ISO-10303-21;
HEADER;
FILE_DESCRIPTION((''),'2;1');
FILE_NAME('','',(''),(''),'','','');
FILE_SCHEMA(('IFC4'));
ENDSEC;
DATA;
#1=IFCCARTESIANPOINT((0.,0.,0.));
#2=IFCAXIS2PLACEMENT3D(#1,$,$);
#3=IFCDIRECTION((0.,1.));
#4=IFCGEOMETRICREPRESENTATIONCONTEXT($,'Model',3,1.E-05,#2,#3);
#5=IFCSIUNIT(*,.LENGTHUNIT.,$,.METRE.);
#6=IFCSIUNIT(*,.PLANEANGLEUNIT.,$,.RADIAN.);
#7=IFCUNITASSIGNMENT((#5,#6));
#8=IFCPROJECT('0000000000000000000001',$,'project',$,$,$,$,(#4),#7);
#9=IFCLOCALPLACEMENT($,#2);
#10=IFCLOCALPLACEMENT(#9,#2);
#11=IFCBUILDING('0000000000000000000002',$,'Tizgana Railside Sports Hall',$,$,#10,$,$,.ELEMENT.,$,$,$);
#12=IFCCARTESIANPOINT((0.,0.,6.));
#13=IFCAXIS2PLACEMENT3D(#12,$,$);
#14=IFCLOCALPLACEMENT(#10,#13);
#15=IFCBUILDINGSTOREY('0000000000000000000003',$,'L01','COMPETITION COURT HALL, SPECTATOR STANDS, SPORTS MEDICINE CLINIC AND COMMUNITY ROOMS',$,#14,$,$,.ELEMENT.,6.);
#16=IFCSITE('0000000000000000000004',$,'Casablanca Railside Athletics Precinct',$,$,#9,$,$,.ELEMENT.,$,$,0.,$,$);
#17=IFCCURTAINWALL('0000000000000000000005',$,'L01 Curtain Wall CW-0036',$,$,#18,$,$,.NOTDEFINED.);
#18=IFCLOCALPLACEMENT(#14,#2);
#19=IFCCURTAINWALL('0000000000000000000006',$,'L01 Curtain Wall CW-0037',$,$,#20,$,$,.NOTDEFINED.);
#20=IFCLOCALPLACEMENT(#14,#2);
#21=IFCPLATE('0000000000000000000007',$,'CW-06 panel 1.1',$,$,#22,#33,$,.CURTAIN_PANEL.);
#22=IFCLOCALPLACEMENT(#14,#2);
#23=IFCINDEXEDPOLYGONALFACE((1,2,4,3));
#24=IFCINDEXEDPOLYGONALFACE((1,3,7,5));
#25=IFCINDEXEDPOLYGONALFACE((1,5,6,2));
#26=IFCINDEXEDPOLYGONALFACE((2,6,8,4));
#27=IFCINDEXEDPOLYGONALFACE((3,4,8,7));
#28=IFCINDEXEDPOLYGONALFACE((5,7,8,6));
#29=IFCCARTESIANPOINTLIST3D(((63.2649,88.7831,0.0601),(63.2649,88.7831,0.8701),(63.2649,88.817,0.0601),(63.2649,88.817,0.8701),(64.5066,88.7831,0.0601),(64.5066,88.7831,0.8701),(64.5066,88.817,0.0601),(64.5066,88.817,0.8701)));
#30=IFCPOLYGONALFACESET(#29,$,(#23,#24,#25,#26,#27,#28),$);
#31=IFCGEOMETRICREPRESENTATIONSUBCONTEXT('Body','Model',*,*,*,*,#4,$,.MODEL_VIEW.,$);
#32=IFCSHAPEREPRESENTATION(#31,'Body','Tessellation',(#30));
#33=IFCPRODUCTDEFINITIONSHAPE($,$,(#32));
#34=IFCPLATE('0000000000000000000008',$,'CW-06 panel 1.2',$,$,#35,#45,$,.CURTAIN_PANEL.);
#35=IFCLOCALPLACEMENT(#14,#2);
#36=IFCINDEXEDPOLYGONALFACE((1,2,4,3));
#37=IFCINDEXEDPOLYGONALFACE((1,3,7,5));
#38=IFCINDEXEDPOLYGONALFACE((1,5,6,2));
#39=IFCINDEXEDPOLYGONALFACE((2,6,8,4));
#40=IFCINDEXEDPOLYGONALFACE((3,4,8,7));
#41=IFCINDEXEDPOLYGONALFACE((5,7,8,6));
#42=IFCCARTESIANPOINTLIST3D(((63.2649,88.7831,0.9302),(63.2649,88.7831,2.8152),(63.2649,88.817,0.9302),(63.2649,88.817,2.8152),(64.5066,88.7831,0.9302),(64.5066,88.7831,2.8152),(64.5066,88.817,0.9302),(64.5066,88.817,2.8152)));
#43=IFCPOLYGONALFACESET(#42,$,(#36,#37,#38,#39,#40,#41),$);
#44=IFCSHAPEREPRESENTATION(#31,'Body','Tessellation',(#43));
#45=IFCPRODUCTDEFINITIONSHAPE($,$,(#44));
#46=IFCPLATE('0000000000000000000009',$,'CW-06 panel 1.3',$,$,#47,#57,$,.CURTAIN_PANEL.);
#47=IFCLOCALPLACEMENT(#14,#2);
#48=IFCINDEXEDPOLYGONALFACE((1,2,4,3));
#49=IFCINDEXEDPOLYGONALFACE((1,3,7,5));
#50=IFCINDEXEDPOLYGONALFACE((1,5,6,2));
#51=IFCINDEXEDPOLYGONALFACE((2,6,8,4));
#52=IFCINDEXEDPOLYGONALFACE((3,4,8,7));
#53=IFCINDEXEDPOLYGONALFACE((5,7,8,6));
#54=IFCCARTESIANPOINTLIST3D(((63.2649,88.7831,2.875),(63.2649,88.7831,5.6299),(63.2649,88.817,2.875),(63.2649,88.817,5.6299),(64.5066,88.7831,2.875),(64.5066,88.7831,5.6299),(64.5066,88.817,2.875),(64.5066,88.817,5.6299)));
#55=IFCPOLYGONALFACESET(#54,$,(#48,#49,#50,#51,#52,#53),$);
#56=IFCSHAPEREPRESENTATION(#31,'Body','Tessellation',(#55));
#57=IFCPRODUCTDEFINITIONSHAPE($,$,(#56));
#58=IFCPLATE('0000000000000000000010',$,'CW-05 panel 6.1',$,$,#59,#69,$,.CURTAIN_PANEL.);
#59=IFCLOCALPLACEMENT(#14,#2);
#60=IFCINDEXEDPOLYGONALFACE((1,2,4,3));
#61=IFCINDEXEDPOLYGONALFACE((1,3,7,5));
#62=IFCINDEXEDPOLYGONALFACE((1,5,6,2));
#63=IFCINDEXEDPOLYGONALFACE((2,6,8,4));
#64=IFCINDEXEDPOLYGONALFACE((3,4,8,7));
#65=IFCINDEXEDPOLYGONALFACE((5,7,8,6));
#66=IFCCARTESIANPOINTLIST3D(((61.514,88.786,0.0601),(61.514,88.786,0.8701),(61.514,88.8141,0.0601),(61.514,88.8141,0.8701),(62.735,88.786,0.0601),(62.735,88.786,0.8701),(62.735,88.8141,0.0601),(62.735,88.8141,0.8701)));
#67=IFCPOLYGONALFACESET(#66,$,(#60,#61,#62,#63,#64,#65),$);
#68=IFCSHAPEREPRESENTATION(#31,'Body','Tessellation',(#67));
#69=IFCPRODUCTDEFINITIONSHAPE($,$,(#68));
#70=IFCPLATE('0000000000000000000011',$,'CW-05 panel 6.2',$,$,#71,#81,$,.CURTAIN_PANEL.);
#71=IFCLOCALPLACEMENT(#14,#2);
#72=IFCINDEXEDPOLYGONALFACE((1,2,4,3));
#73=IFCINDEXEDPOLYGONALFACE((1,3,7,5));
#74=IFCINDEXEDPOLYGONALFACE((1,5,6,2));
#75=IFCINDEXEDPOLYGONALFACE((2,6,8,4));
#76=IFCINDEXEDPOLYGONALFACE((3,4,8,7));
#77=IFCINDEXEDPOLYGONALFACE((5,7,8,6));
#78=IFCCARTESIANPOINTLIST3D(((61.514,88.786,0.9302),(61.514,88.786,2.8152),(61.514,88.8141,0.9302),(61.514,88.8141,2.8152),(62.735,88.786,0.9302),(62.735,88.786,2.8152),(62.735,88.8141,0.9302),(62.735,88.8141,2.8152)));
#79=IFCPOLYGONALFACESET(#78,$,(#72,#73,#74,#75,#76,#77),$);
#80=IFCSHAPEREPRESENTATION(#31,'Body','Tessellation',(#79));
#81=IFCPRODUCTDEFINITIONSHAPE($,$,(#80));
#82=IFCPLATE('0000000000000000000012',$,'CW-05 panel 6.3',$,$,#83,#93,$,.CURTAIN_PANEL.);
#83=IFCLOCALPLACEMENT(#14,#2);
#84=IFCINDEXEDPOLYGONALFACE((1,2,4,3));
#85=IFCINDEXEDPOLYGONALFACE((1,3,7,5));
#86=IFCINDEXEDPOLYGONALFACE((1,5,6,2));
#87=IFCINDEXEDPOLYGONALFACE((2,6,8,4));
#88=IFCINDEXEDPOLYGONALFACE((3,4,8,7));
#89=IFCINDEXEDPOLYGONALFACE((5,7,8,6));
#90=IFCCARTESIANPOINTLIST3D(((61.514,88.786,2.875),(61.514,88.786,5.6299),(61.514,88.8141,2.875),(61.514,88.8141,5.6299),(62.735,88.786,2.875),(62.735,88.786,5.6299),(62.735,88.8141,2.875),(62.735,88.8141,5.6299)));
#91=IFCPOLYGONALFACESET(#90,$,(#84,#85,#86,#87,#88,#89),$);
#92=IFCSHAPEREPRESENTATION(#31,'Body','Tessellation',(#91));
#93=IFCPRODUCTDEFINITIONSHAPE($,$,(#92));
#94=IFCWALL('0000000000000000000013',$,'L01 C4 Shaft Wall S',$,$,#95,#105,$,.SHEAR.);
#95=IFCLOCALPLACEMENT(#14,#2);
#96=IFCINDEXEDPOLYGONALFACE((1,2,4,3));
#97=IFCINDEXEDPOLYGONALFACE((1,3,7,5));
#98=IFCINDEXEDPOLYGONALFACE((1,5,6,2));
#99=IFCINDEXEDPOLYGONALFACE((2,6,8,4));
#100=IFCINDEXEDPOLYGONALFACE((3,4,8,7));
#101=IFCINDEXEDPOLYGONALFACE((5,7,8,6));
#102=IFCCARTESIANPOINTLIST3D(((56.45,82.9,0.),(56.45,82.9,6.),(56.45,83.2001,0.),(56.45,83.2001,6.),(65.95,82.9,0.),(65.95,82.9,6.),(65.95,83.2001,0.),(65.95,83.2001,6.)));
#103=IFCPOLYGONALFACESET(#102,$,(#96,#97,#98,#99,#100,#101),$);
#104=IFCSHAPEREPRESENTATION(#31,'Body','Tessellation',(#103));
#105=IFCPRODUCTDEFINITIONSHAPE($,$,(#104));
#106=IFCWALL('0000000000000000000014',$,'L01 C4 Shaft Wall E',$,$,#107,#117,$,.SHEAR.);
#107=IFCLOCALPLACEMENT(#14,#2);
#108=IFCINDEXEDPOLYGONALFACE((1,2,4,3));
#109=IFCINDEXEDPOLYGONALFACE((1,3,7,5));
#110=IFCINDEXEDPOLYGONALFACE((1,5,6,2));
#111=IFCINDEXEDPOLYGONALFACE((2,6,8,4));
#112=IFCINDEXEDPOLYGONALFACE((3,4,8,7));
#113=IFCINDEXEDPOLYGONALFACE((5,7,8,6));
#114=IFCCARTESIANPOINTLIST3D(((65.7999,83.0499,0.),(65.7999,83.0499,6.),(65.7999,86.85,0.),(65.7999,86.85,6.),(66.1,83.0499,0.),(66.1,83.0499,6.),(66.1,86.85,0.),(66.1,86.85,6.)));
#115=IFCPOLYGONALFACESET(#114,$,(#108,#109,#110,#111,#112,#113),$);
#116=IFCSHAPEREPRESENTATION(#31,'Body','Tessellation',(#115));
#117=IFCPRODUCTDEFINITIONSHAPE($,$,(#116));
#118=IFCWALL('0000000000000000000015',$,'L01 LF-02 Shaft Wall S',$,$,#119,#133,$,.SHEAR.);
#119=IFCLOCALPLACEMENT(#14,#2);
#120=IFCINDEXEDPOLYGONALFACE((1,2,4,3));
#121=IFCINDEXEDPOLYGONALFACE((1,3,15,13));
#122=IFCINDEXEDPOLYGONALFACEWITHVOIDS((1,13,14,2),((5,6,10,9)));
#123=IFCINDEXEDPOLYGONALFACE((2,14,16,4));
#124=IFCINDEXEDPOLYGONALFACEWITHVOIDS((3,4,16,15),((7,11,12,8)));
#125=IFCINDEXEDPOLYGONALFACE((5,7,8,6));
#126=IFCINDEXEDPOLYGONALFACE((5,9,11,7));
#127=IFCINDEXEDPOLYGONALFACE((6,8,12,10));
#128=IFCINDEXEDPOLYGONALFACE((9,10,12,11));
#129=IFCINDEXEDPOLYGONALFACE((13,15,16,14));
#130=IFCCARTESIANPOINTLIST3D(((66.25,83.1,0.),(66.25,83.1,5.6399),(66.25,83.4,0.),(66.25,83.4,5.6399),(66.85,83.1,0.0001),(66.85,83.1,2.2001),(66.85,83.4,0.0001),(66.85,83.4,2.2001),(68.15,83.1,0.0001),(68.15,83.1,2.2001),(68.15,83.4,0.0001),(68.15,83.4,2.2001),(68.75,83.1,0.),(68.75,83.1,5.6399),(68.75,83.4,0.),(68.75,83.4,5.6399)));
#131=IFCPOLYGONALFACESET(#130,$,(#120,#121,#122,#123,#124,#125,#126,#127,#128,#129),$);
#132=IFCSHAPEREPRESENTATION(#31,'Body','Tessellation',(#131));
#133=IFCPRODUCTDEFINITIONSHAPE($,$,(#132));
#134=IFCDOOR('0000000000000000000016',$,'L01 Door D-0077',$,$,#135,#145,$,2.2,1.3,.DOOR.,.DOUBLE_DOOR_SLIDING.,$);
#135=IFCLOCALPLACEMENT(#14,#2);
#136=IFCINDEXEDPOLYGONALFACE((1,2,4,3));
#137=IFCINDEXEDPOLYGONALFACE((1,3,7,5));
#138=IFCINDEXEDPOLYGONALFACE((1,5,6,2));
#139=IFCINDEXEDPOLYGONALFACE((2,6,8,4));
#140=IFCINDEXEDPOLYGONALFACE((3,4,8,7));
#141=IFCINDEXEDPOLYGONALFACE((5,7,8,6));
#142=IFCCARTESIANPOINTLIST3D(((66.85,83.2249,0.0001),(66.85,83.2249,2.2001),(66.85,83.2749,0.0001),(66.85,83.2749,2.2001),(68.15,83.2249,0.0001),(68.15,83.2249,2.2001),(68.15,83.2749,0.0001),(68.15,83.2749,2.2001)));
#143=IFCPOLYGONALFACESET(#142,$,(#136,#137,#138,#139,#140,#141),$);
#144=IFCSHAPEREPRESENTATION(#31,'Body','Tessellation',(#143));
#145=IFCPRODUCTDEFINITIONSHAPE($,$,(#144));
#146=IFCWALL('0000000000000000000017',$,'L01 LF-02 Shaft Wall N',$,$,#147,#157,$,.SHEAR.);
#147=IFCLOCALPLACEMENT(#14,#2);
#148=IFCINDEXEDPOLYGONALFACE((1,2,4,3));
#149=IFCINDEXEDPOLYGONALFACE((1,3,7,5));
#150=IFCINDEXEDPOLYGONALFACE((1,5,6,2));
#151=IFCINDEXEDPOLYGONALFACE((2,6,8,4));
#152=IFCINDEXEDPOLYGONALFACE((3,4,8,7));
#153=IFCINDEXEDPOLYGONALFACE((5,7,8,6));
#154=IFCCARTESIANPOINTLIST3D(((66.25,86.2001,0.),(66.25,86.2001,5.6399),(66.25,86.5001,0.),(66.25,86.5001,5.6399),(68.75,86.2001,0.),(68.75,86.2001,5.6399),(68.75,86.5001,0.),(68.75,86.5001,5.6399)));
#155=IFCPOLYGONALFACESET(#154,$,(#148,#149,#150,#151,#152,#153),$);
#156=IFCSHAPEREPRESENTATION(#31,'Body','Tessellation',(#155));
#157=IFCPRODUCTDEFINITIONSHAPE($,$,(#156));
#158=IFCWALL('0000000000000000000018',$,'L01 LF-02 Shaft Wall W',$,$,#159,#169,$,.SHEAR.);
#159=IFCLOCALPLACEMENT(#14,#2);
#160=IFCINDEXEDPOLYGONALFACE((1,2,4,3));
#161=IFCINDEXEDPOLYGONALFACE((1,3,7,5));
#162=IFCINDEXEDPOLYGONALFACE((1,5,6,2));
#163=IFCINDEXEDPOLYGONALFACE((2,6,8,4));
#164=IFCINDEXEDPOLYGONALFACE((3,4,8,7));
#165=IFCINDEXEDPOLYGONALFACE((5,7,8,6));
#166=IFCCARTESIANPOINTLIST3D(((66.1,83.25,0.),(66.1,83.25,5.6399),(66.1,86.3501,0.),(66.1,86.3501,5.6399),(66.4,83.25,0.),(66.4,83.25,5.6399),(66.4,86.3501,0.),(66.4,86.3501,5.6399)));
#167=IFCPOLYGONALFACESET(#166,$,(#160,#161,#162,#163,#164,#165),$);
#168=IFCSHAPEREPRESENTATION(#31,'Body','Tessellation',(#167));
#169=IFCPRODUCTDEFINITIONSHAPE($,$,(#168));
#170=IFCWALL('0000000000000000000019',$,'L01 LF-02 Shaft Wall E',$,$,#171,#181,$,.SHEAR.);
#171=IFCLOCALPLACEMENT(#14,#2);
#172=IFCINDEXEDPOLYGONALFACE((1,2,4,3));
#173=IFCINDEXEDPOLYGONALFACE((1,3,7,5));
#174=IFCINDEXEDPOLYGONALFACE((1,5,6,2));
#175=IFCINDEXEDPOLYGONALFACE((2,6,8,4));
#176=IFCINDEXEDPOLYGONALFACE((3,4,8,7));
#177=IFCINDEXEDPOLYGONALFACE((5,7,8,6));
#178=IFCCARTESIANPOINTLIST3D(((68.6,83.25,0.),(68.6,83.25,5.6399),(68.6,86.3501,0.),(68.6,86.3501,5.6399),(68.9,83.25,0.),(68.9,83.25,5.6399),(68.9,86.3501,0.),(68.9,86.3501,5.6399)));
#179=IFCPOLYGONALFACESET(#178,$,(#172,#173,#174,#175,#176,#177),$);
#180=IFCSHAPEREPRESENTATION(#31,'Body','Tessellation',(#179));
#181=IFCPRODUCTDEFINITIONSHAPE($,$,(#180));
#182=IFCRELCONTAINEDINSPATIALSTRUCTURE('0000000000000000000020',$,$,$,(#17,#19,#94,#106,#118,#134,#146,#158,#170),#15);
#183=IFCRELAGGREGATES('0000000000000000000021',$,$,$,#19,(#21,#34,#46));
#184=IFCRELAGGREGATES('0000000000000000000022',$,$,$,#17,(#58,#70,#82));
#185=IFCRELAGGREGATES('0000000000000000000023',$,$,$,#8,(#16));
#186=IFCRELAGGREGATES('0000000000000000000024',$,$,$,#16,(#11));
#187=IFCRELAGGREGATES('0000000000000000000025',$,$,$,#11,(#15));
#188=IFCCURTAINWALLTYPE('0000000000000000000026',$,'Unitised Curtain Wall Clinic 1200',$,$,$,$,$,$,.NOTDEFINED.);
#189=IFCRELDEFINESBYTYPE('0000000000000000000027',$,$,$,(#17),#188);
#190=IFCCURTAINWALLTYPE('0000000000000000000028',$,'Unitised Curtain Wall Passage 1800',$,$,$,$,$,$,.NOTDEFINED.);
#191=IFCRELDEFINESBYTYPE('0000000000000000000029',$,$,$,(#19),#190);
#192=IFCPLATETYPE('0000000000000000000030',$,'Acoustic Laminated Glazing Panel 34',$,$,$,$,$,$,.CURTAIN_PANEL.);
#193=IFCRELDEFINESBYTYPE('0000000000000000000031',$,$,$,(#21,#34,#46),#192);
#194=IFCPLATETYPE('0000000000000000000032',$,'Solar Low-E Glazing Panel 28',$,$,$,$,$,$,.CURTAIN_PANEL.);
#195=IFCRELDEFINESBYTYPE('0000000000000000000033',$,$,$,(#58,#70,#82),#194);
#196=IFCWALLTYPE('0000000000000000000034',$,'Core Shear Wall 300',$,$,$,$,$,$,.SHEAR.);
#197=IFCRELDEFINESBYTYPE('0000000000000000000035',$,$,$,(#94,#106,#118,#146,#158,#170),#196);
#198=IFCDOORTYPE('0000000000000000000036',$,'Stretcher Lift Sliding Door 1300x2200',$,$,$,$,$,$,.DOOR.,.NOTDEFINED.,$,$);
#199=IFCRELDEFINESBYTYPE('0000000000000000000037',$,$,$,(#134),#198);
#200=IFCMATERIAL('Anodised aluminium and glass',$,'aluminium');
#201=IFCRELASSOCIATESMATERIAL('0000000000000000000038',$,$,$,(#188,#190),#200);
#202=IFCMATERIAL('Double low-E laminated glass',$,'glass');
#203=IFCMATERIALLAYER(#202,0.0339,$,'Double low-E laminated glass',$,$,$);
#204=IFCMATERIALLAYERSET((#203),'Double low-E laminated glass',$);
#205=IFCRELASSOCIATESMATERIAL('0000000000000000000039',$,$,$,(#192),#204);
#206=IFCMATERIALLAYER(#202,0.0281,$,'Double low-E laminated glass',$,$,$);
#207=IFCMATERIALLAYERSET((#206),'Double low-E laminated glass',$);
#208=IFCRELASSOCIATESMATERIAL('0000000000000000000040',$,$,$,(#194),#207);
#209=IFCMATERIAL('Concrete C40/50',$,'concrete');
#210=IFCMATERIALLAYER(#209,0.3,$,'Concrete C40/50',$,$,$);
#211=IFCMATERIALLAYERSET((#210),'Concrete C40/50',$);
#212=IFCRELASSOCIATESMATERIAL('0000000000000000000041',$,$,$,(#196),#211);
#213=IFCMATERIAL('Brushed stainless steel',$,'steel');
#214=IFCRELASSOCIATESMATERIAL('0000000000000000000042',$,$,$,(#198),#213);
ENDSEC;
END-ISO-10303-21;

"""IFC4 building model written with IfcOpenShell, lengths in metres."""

from ifc_helpers import new_model, si_unit, direction, frame, frame_2d, origin, origin_2d, place, context, subcontext, project, spatial, rectangle, extrude, material, layer, layer_set, type_object, element, fill, aggregate, save


model = new_model("IFC4")

# Units and contexts
model_context = context("Model", 3, precision=1e-05, world=origin(), true_north=direction((0.0, 1.0)))
body_context = subcontext(model_context, "Body", "Model", "MODEL_VIEW")
ifc_project = project(units=[si_unit("LENGTHUNIT", "METRE"), si_unit("PLANEANGLEUNIT", "RADIAN")], contexts=[model_context])

# Site, building, storey
site_placement = place(None, origin())
site = spatial("IfcSite", under=ifc_project, at=site_placement, Name="Casablanca Railside Athletics Precinct", CompositionType="ELEMENT", RefElevation=0.0)
building_placement = place(site_placement, origin())
building = spatial("IfcBuilding", under=site, at=building_placement, Name="Tizgana Railside Sports Hall", CompositionType="ELEMENT")
storey_placement = place(building_placement, frame((0.0, 0.0, 6.0)))
storey = spatial("IfcBuildingStorey", under=building, at=storey_placement, Name="L01", Description="COMPETITION COURT HALL, SPECTATOR STANDS, SPORTS MEDICINE CLINIC AND COMMUNITY ROOMS", CompositionType="ELEMENT", Elevation=6.0)

# Curtain wall
ifc_material_1 = material(Name="Anodised aluminium and glass", Category="aluminium")
curtain_wall_type_1 = type_object("IfcCurtainWallType", Name="Unitised Curtain Wall Clinic 1200", PredefinedType="NOTDEFINED", material=ifc_material_1)
curtain_wall_1_placement = place(storey_placement, origin())
curtain_wall_1 = element("IfcCurtainWall", 1, at=curtain_wall_1_placement, inside=storey, type_object=curtain_wall_type_1, Name="L01 Curtain Wall CW-0036", PredefinedType="NOTDEFINED")

# Curtain wall
curtain_wall_type_2 = type_object("IfcCurtainWallType", Name="Unitised Curtain Wall Passage 1800", PredefinedType="NOTDEFINED", material=ifc_material_1)
curtain_wall_2_placement = place(storey_placement, origin())
curtain_wall_2 = element("IfcCurtainWall", 2, at=curtain_wall_2_placement, inside=storey, type_object=curtain_wall_type_2, Name="L01 Curtain Wall CW-0037", PredefinedType="NOTDEFINED")

# Plates
ifc_material_2 = material(Name="Double low-E laminated glass", Category="glass")
ifc_layer_1 = layer(ifc_material_2, 0.0339, Name="Double low-E laminated glass")
ifc_layer_set_1 = layer_set([ifc_layer_1], Name="Double low-E laminated glass")
plate_type_1 = type_object("IfcPlateType", Name="Acoustic Laminated Glazing Panel 34", PredefinedType="CURTAIN_PANEL", material=ifc_layer_set_1)
plate_1_placement = place(storey_placement, frame((63.8857, 88.8, 0.0601), z_axis=(0.0, 0.0, 1.0), x_axis=(1.0, 0.0, 0.0)))
plate_1 = element("IfcPlate", 3, at=plate_1_placement, type_object=plate_type_1, Name="CW-06 panel 1.1", PredefinedType="CURTAIN_PANEL", context=body_context, shape_type="SweptSolid", body=[
    extrude(rectangle(XDim=1.2417, YDim=0.0339, at=origin_2d()), origin(), (0.0, 0.0, 1.0), 0.8101),
])
plate_2_placement = place(storey_placement, frame((63.8857, 88.8, 0.9302), z_axis=(0.0, 0.0, 1.0), x_axis=(1.0, 0.0, 0.0)))
plate_2 = element("IfcPlate", 4, at=plate_2_placement, type_object=plate_type_1, Name="CW-06 panel 1.2", PredefinedType="CURTAIN_PANEL", context=body_context, shape_type="SweptSolid", body=[
    extrude(rectangle(XDim=1.2417, YDim=0.0339, at=origin_2d()), origin(), (0.0, 0.0, 1.0), 1.885),
])
plate_3_placement = place(storey_placement, frame((63.8857, 88.8, 2.875), z_axis=(0.0, 0.0, 1.0), x_axis=(1.0, 0.0, 0.0)))
plate_3 = element("IfcPlate", 5, at=plate_3_placement, type_object=plate_type_1, Name="CW-06 panel 1.3", PredefinedType="CURTAIN_PANEL", context=body_context, shape_type="SweptSolid", body=[
    extrude(rectangle(XDim=1.2417, YDim=0.0339, at=origin_2d()), origin(), (0.0, 0.0, 1.0), 2.7549),
])
aggregate(curtain_wall_2, [plate_1, plate_2, plate_3])
ifc_layer_2 = layer(ifc_material_2, 0.0281, Name="Double low-E laminated glass")
ifc_layer_set_2 = layer_set([ifc_layer_2], Name="Double low-E laminated glass")
plate_type_2 = type_object("IfcPlateType", Name="Solar Low-E Glazing Panel 28", PredefinedType="CURTAIN_PANEL", material=ifc_layer_set_2)
plate_4_placement = place(storey_placement, frame((62.1245, 88.8, 0.0601), z_axis=(0.0, 0.0, 1.0), x_axis=(1.0, 0.0, 0.0)))
plate_4 = element("IfcPlate", 6, at=plate_4_placement, type_object=plate_type_2, Name="CW-05 panel 6.1", PredefinedType="CURTAIN_PANEL", context=body_context, shape_type="SweptSolid", body=[
    extrude(rectangle(XDim=1.2209, YDim=0.0281, at=origin_2d()), origin(), (0.0, 0.0, 1.0), 0.8101),
])
plate_5_placement = place(storey_placement, frame((62.1245, 88.8, 0.9302), z_axis=(0.0, 0.0, 1.0), x_axis=(1.0, 0.0, 0.0)))
plate_5 = element("IfcPlate", 7, at=plate_5_placement, type_object=plate_type_2, Name="CW-05 panel 6.2", PredefinedType="CURTAIN_PANEL", context=body_context, shape_type="SweptSolid", body=[
    extrude(rectangle(XDim=1.2209, YDim=0.0281, at=origin_2d()), origin(), (0.0, 0.0, 1.0), 1.885),
])
plate_6_placement = place(storey_placement, frame((62.1245, 88.8, 2.875), z_axis=(0.0, 0.0, 1.0), x_axis=(1.0, 0.0, 0.0)))
plate_6 = element("IfcPlate", 8, at=plate_6_placement, type_object=plate_type_2, Name="CW-05 panel 6.3", PredefinedType="CURTAIN_PANEL", context=body_context, shape_type="SweptSolid", body=[
    extrude(rectangle(XDim=1.2209, YDim=0.0281, at=origin_2d()), origin(), (0.0, 0.0, 1.0), 2.7549),
])
aggregate(curtain_wall_1, [plate_4, plate_5, plate_6])

# Walls
ifc_material_3 = material(Name="Concrete C40/50", Category="concrete")
ifc_layer_3 = layer(ifc_material_3, 0.3, Name="Concrete C40/50")
ifc_layer_set_3 = layer_set([ifc_layer_3], Name="Concrete C40/50")
wall_type_1 = type_object("IfcWallType", Name="Core Shear Wall 300", PredefinedType="SHEAR", material=ifc_layer_set_3)
wall_1_placement = place(storey_placement, frame((65.95, 83.05, 0.0), z_axis=(0.0, 0.0, 1.0), x_axis=(-1.0, 0.0, 0.0)))
element("IfcWall", 9, at=wall_1_placement, inside=storey, type_object=wall_type_1, Name="L01 C4 Shaft Wall S", PredefinedType="SHEAR", context=body_context, shape_type="SweptSolid", body=[
    extrude(rectangle(XDim=9.5, YDim=0.3, at=frame_2d((4.75, 0.0))), origin(), (0.0, 0.0, 1.0), 6.0),
])
wall_2_placement = place(storey_placement, frame((65.95, 83.05, 0.0), z_axis=(0.0, 0.0, 1.0), x_axis=(0.0, 1.0, 0.0)))
element("IfcWall", 10, at=wall_2_placement, inside=storey, type_object=wall_type_1, Name="L01 C4 Shaft Wall E", PredefinedType="SHEAR", context=body_context, shape_type="SweptSolid", body=[
    extrude(rectangle(XDim=3.8, YDim=0.3, at=frame_2d((1.8999, 0.0))), origin(), (0.0, 0.0, 1.0), 6.0),
])

# Wall, opening, door
wall_3_placement = place(storey_placement, frame((66.25, 83.25, 0.0), z_axis=(0.0, 0.0, 1.0), x_axis=(1.0, 0.0, 0.0)))
wall_3 = element("IfcWall", 11, at=wall_3_placement, inside=storey, type_object=wall_type_1, Name="L01 LF-02 Shaft Wall S", PredefinedType="SHEAR", context=body_context, shape_type="SweptSolid", body=[
    extrude(rectangle(XDim=2.5, YDim=0.3, at=frame_2d((1.25, 0.0))), origin(), (0.0, 0.0, 1.0), 5.6399),
])
opening_1_placement = place(wall_3_placement, frame((0.6001, 0.0, 0.0)))
opening_1 = element("IfcOpeningElement", 12, at=opening_1_placement, cuts=wall_3, PredefinedType="OPENING", context=body_context, shape_type="SweptSolid", body=[
    extrude(rectangle(XDim=1.3, YDim=2.2, at=frame_2d((0.6499, 1.1001))), frame((0.0, 0.1599, 0.0), z_axis=(0.0, -1.0, 0.0), x_axis=(1.0, 0.0, 0.0)), (0.0, 0.0, 1.0), 0.3201),
])
ifc_material_4 = material(Name="Brushed stainless steel", Category="steel")
door_type_1 = type_object("IfcDoorType", Name="Stretcher Lift Sliding Door 1300x2200", OperationType="NOTDEFINED", PredefinedType="DOOR", material=ifc_material_4)
door_1_placement = place(opening_1_placement, origin())
door_1 = element("IfcDoor", 13, at=door_1_placement, inside=storey, type_object=door_type_1, Name="L01 Door D-0077", OperationType="DOUBLE_DOOR_SLIDING", OverallHeight=2.2, OverallWidth=1.3, PredefinedType="DOOR", context=body_context, shape_type="SweptSolid", body=[
    extrude(rectangle(XDim=1.3, YDim=2.2, at=frame_2d((0.6499, 1.1001))), frame((0.0, 0.0249, 0.0), z_axis=(0.0, -1.0, 0.0), x_axis=(1.0, 0.0, 0.0)), (0.0, 0.0, 1.0), 0.05),
])
fill(opening_1, door_1)

# Walls
wall_4_placement = place(storey_placement, frame((66.25, 86.3501, 0.0), z_axis=(0.0, 0.0, 1.0), x_axis=(1.0, 0.0, 0.0)))
element("IfcWall", 14, at=wall_4_placement, inside=storey, type_object=wall_type_1, Name="L01 LF-02 Shaft Wall N", PredefinedType="SHEAR", context=body_context, shape_type="SweptSolid", body=[
    extrude(rectangle(XDim=2.5, YDim=0.3, at=frame_2d((1.25, 0.0))), origin(), (0.0, 0.0, 1.0), 5.6399),
])
for number, where, z_axis, x_axis, name in (
    (15, (66.25, 83.25, 0.0), (0.0, 0.0, 1.0), (0.0, 1.0, 0.0), "L01 LF-02 Shaft Wall W"),
    (16, (68.75, 83.25, 0.0), (0.0, 0.0, 1.0), (0.0, 1.0, 0.0), "L01 LF-02 Shaft Wall E"),
):
    element("IfcWall", number, at=place(storey_placement, frame(where, z_axis=z_axis, x_axis=x_axis)), inside=storey, type_object=wall_type_1, Name=name, PredefinedType="SHEAR", context=body_context, shape_type="SweptSolid", body=[
        extrude(rectangle(XDim=3.1001, YDim=0.3, at=frame_2d((1.55, 0.0))), origin(), (0.0, 0.0, 1.0), 5.6399),
    ])

save(model, "model.ifc")
